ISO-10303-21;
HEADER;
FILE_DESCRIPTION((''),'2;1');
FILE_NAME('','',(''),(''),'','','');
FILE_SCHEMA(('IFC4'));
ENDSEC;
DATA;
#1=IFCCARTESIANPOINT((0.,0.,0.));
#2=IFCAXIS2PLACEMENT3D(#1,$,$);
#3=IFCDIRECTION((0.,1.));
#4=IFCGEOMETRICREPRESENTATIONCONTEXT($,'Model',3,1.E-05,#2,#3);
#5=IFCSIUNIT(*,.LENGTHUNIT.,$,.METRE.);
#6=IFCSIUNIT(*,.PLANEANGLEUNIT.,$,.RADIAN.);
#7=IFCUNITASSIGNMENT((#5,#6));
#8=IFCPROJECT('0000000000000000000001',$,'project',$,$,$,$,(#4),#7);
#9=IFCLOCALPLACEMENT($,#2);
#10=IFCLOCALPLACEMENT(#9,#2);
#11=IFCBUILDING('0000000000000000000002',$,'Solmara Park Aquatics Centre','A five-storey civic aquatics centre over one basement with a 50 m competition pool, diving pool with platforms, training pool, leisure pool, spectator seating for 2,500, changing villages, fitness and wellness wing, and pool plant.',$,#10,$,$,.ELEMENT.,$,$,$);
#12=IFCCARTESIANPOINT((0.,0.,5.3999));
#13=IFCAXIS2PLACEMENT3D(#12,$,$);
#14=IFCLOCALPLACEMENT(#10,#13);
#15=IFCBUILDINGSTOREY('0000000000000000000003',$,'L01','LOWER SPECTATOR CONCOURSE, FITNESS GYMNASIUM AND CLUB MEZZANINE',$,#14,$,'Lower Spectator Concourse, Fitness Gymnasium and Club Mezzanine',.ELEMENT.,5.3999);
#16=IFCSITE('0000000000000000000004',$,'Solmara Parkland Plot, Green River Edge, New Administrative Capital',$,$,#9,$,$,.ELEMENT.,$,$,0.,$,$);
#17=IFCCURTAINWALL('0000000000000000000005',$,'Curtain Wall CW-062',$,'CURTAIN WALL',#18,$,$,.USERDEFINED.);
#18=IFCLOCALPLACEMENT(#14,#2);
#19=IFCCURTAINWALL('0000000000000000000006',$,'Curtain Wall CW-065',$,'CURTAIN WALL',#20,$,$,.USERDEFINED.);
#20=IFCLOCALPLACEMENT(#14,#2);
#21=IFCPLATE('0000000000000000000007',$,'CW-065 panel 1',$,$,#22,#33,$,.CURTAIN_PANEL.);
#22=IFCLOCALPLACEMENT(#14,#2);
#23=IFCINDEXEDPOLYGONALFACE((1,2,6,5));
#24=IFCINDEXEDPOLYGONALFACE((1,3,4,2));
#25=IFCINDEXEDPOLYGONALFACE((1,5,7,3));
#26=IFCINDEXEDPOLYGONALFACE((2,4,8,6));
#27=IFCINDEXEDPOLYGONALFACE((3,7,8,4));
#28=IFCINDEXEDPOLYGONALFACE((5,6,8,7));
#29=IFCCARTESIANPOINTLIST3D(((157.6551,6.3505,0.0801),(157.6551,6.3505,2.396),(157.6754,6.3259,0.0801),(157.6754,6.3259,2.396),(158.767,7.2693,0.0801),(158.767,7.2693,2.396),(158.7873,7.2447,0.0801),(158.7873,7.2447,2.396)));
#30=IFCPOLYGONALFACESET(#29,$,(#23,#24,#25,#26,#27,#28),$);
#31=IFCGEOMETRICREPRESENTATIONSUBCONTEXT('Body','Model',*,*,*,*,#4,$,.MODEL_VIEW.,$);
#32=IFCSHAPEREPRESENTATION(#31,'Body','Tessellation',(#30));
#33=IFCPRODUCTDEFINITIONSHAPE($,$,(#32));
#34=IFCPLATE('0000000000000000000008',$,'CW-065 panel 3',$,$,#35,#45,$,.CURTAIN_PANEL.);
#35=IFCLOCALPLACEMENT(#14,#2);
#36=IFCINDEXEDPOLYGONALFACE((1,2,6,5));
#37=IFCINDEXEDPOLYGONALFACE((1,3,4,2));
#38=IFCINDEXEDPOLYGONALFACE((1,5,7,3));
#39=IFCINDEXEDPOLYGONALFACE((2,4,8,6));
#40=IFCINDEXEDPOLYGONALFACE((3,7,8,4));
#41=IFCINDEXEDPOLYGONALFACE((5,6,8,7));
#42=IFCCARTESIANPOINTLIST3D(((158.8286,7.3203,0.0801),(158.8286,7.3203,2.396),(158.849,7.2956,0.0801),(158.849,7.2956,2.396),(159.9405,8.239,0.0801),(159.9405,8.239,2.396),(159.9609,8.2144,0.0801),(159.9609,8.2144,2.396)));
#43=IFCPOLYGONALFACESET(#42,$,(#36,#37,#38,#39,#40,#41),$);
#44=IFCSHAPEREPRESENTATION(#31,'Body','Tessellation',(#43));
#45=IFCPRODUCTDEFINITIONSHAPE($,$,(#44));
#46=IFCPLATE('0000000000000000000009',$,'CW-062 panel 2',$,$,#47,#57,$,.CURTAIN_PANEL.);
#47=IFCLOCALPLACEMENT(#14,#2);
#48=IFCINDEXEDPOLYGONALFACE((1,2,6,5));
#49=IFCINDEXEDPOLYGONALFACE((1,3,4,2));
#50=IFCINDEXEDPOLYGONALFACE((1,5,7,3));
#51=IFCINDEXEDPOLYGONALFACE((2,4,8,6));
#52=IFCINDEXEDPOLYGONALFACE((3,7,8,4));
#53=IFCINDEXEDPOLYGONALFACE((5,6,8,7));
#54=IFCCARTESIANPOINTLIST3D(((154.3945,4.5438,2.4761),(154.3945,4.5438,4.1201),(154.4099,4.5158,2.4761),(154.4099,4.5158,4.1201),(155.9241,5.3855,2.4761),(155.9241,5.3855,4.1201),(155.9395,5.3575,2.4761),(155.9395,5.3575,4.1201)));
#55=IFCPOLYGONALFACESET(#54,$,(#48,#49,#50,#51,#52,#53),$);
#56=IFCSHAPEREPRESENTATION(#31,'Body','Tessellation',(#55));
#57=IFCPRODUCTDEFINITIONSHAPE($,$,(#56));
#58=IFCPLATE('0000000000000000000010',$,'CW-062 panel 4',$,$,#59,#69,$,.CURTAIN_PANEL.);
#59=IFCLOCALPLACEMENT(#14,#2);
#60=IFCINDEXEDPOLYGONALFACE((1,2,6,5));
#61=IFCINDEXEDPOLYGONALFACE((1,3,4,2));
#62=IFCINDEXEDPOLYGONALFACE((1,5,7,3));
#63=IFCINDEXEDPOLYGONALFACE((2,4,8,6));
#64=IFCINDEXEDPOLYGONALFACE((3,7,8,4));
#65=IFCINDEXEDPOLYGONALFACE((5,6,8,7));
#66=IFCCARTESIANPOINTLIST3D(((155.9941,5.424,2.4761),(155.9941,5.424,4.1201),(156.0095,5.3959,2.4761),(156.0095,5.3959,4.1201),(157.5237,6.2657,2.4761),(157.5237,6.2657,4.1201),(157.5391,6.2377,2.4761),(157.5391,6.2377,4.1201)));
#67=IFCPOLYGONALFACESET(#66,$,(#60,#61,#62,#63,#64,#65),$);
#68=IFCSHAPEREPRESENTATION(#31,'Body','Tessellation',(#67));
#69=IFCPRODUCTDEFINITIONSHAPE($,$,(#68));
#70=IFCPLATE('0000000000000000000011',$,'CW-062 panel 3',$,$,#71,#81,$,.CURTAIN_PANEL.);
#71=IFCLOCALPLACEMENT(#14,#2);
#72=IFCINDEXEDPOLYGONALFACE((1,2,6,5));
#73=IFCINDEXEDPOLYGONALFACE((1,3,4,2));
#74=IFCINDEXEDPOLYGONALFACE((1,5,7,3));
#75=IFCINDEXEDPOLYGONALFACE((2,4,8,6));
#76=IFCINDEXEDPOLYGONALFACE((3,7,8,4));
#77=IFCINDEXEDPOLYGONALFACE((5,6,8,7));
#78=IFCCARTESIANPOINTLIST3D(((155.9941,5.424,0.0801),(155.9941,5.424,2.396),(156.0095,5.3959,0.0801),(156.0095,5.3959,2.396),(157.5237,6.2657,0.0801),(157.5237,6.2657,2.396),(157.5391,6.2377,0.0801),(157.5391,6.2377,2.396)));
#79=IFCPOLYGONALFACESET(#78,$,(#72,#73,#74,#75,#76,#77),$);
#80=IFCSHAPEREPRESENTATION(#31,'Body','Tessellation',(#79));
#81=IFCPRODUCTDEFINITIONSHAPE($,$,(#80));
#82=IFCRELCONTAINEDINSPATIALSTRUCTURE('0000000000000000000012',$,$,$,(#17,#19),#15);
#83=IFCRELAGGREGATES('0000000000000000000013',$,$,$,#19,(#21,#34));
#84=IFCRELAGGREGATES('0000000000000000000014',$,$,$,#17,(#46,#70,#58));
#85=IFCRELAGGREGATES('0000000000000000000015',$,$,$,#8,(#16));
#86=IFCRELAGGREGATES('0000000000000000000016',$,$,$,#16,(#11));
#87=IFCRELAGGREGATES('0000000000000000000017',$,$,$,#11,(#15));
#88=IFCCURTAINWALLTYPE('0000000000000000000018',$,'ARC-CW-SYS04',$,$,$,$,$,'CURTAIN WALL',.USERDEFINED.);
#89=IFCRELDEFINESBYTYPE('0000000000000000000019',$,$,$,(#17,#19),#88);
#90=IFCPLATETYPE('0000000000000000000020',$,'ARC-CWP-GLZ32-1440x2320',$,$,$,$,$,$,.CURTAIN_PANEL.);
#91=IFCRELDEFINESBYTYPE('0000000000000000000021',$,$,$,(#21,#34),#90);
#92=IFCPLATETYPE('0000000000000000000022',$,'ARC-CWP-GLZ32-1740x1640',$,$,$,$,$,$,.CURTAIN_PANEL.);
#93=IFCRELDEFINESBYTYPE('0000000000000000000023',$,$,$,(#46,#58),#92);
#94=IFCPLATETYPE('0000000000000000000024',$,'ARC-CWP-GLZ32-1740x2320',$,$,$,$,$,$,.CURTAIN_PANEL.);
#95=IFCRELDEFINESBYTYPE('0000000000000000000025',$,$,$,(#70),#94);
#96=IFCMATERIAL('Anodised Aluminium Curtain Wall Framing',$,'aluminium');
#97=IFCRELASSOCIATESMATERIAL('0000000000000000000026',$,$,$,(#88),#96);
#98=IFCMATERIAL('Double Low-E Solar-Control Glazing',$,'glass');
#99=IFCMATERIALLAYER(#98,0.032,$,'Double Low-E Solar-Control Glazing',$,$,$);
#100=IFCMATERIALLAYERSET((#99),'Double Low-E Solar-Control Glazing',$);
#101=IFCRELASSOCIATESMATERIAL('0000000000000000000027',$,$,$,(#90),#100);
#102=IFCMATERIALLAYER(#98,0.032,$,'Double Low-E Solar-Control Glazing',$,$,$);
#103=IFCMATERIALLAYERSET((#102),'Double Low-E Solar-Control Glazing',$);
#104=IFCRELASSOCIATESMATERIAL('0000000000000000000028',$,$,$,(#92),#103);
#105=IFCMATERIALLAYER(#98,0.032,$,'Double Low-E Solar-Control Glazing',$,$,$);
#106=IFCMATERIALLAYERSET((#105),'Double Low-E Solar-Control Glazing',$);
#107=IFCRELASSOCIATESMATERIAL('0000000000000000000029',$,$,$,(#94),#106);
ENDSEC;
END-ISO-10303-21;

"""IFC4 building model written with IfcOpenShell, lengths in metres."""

from ifc_helpers import new_model, si_unit, direction, frame, origin, origin_2d, place, context, subcontext, project, spatial, rectangle, extrude, material, layer, layer_set, type_object, element, aggregate, save


model = new_model("IFC4")

# Units and contexts
model_context = context("Model", 3, precision=1e-05, world=origin(), true_north=direction((0.0, 1.0)))
body_context = subcontext(model_context, "Body", "Model", "MODEL_VIEW")
ifc_project = project(units=[si_unit("LENGTHUNIT", "METRE"), si_unit("PLANEANGLEUNIT", "RADIAN")], contexts=[model_context])

# Site, building, storey
site_placement = place(None, origin())
site = spatial("IfcSite", under=ifc_project, at=site_placement, Name="Solmara Parkland Plot, Green River Edge, New Administrative Capital", CompositionType="ELEMENT", RefElevation=0.0)
building_placement = place(site_placement, origin())
building = spatial("IfcBuilding", under=site, at=building_placement, Name="Solmara Park Aquatics Centre", Description="A five-storey civic aquatics centre over one basement with a 50 m competition pool, diving pool with platforms, training pool, leisure pool, spectator seating for 2,500, changing villages, fitness and wellness wing, and pool plant.", CompositionType="ELEMENT")
storey_placement = place(building_placement, frame((0.0, 0.0, 5.3999)))
storey = spatial("IfcBuildingStorey", under=building, at=storey_placement, Name="L01", Description="LOWER SPECTATOR CONCOURSE, FITNESS GYMNASIUM AND CLUB MEZZANINE", LongName="Lower Spectator Concourse, Fitness Gymnasium and Club Mezzanine", CompositionType="ELEMENT", Elevation=5.3999)

# Curtain walls
ifc_material_1 = material(Name="Anodised Aluminium Curtain Wall Framing", Category="aluminium")
curtain_wall_type = type_object("IfcCurtainWallType", Name="ARC-CW-SYS04", ElementType="CURTAIN WALL", PredefinedType="USERDEFINED", material=ifc_material_1)
curtain_wall_1_placement = place(storey_placement, origin())
curtain_wall_1 = element("IfcCurtainWall", 1, at=curtain_wall_1_placement, inside=storey, type_object=curtain_wall_type, Name="Curtain Wall CW-062", ObjectType="CURTAIN WALL", PredefinedType="USERDEFINED")
curtain_wall_2_placement = place(storey_placement, origin())
curtain_wall_2 = element("IfcCurtainWall", 2, at=curtain_wall_2_placement, inside=storey, type_object=curtain_wall_type, Name="Curtain Wall CW-065", ObjectType="CURTAIN WALL", PredefinedType="USERDEFINED")

# Plates
ifc_material_2 = material(Name="Double Low-E Solar-Control Glazing", Category="glass")
ifc_layer_1 = layer(ifc_material_2, 0.032, Name="Double Low-E Solar-Control Glazing")
ifc_layer_set_1 = layer_set([ifc_layer_1], Name="Double Low-E Solar-Control Glazing")
plate_type_1 = type_object("IfcPlateType", Name="ARC-CWP-GLZ32-1440x2320", PredefinedType="CURTAIN_PANEL", material=ifc_layer_set_1)
plate_1_placement = place(storey_placement, frame((158.2212, 6.7976, 0.0801), z_axis=(0.0, 0.0, 1.0), x_axis=(0.770877, 0.636984, 0.0)))
plate_1 = element("IfcPlate", 3, at=plate_1_placement, type_object=plate_type_1, Name="CW-065 panel 1", PredefinedType="CURTAIN_PANEL", context=body_context, shape_type="SweptSolid", body=[
    extrude(rectangle(XDim=1.4424, YDim=0.032, at=origin_2d()), origin(), (0.0, 0.0, 1.0), 2.3159),
])
plate_2_placement = place(storey_placement, frame((159.3948, 7.7673, 0.0801), z_axis=(0.0, 0.0, 1.0), x_axis=(0.770877, 0.636984, 0.0)))
plate_2 = element("IfcPlate", 4, at=plate_2_placement, type_object=plate_type_1, Name="CW-065 panel 3", PredefinedType="CURTAIN_PANEL", context=body_context, shape_type="SweptSolid", body=[
    extrude(rectangle(XDim=1.4424, YDim=0.032, at=origin_2d()), origin(), (0.0, 0.0, 1.0), 2.3159),
])
aggregate(curtain_wall_2, [plate_1, plate_2])
ifc_layer_2 = layer(ifc_material_2, 0.032, Name="Double Low-E Solar-Control Glazing")
ifc_layer_set_2 = layer_set([ifc_layer_2], Name="Double Low-E Solar-Control Glazing")
plate_type_2 = type_object("IfcPlateType", Name="ARC-CWP-GLZ32-1740x1640", PredefinedType="CURTAIN_PANEL", material=ifc_layer_set_2)
plate_3_placement = place(storey_placement, frame((155.167, 4.9507, 2.4761), z_axis=(0.0, 0.0, 1.0), x_axis=(0.876105, 0.482121, 0.0)))
plate_3 = element("IfcPlate", 5, at=plate_3_placement, type_object=plate_type_2, Name="CW-062 panel 2", PredefinedType="CURTAIN_PANEL", context=body_context, shape_type="SweptSolid", body=[
    extrude(rectangle(XDim=1.7458, YDim=0.032, at=origin_2d()), origin(), (0.0, 0.0, 1.0), 1.644),
])
plate_4_placement = place(storey_placement, frame((156.7666, 5.8308, 2.4761), z_axis=(0.0, 0.0, 1.0), x_axis=(0.876105, 0.482121, 0.0)))
plate_4 = element("IfcPlate", 6, at=plate_4_placement, type_object=plate_type_2, Name="CW-062 panel 4", PredefinedType="CURTAIN_PANEL", context=body_context, shape_type="SweptSolid", body=[
    extrude(rectangle(XDim=1.7458, YDim=0.032, at=origin_2d()), origin(), (0.0, 0.0, 1.0), 1.644),
])
ifc_layer_3 = layer(ifc_material_2, 0.032, Name="Double Low-E Solar-Control Glazing")
ifc_layer_set_3 = layer_set([ifc_layer_3], Name="Double Low-E Solar-Control Glazing")
plate_type_3 = type_object("IfcPlateType", Name="ARC-CWP-GLZ32-1740x2320", PredefinedType="CURTAIN_PANEL", material=ifc_layer_set_3)
plate_5_placement = place(storey_placement, frame((156.7666, 5.8308, 0.0801), z_axis=(0.0, 0.0, 1.0), x_axis=(0.876105, 0.482121, 0.0)))
plate_5 = element("IfcPlate", 7, at=plate_5_placement, type_object=plate_type_3, Name="CW-062 panel 3", PredefinedType="CURTAIN_PANEL", context=body_context, shape_type="SweptSolid", body=[
    extrude(rectangle(XDim=1.7458, YDim=0.032, at=origin_2d()), origin(), (0.0, 0.0, 1.0), 2.3159),
])
aggregate(curtain_wall_1, [plate_3, plate_5, plate_4])

save(model, "model.ifc")
